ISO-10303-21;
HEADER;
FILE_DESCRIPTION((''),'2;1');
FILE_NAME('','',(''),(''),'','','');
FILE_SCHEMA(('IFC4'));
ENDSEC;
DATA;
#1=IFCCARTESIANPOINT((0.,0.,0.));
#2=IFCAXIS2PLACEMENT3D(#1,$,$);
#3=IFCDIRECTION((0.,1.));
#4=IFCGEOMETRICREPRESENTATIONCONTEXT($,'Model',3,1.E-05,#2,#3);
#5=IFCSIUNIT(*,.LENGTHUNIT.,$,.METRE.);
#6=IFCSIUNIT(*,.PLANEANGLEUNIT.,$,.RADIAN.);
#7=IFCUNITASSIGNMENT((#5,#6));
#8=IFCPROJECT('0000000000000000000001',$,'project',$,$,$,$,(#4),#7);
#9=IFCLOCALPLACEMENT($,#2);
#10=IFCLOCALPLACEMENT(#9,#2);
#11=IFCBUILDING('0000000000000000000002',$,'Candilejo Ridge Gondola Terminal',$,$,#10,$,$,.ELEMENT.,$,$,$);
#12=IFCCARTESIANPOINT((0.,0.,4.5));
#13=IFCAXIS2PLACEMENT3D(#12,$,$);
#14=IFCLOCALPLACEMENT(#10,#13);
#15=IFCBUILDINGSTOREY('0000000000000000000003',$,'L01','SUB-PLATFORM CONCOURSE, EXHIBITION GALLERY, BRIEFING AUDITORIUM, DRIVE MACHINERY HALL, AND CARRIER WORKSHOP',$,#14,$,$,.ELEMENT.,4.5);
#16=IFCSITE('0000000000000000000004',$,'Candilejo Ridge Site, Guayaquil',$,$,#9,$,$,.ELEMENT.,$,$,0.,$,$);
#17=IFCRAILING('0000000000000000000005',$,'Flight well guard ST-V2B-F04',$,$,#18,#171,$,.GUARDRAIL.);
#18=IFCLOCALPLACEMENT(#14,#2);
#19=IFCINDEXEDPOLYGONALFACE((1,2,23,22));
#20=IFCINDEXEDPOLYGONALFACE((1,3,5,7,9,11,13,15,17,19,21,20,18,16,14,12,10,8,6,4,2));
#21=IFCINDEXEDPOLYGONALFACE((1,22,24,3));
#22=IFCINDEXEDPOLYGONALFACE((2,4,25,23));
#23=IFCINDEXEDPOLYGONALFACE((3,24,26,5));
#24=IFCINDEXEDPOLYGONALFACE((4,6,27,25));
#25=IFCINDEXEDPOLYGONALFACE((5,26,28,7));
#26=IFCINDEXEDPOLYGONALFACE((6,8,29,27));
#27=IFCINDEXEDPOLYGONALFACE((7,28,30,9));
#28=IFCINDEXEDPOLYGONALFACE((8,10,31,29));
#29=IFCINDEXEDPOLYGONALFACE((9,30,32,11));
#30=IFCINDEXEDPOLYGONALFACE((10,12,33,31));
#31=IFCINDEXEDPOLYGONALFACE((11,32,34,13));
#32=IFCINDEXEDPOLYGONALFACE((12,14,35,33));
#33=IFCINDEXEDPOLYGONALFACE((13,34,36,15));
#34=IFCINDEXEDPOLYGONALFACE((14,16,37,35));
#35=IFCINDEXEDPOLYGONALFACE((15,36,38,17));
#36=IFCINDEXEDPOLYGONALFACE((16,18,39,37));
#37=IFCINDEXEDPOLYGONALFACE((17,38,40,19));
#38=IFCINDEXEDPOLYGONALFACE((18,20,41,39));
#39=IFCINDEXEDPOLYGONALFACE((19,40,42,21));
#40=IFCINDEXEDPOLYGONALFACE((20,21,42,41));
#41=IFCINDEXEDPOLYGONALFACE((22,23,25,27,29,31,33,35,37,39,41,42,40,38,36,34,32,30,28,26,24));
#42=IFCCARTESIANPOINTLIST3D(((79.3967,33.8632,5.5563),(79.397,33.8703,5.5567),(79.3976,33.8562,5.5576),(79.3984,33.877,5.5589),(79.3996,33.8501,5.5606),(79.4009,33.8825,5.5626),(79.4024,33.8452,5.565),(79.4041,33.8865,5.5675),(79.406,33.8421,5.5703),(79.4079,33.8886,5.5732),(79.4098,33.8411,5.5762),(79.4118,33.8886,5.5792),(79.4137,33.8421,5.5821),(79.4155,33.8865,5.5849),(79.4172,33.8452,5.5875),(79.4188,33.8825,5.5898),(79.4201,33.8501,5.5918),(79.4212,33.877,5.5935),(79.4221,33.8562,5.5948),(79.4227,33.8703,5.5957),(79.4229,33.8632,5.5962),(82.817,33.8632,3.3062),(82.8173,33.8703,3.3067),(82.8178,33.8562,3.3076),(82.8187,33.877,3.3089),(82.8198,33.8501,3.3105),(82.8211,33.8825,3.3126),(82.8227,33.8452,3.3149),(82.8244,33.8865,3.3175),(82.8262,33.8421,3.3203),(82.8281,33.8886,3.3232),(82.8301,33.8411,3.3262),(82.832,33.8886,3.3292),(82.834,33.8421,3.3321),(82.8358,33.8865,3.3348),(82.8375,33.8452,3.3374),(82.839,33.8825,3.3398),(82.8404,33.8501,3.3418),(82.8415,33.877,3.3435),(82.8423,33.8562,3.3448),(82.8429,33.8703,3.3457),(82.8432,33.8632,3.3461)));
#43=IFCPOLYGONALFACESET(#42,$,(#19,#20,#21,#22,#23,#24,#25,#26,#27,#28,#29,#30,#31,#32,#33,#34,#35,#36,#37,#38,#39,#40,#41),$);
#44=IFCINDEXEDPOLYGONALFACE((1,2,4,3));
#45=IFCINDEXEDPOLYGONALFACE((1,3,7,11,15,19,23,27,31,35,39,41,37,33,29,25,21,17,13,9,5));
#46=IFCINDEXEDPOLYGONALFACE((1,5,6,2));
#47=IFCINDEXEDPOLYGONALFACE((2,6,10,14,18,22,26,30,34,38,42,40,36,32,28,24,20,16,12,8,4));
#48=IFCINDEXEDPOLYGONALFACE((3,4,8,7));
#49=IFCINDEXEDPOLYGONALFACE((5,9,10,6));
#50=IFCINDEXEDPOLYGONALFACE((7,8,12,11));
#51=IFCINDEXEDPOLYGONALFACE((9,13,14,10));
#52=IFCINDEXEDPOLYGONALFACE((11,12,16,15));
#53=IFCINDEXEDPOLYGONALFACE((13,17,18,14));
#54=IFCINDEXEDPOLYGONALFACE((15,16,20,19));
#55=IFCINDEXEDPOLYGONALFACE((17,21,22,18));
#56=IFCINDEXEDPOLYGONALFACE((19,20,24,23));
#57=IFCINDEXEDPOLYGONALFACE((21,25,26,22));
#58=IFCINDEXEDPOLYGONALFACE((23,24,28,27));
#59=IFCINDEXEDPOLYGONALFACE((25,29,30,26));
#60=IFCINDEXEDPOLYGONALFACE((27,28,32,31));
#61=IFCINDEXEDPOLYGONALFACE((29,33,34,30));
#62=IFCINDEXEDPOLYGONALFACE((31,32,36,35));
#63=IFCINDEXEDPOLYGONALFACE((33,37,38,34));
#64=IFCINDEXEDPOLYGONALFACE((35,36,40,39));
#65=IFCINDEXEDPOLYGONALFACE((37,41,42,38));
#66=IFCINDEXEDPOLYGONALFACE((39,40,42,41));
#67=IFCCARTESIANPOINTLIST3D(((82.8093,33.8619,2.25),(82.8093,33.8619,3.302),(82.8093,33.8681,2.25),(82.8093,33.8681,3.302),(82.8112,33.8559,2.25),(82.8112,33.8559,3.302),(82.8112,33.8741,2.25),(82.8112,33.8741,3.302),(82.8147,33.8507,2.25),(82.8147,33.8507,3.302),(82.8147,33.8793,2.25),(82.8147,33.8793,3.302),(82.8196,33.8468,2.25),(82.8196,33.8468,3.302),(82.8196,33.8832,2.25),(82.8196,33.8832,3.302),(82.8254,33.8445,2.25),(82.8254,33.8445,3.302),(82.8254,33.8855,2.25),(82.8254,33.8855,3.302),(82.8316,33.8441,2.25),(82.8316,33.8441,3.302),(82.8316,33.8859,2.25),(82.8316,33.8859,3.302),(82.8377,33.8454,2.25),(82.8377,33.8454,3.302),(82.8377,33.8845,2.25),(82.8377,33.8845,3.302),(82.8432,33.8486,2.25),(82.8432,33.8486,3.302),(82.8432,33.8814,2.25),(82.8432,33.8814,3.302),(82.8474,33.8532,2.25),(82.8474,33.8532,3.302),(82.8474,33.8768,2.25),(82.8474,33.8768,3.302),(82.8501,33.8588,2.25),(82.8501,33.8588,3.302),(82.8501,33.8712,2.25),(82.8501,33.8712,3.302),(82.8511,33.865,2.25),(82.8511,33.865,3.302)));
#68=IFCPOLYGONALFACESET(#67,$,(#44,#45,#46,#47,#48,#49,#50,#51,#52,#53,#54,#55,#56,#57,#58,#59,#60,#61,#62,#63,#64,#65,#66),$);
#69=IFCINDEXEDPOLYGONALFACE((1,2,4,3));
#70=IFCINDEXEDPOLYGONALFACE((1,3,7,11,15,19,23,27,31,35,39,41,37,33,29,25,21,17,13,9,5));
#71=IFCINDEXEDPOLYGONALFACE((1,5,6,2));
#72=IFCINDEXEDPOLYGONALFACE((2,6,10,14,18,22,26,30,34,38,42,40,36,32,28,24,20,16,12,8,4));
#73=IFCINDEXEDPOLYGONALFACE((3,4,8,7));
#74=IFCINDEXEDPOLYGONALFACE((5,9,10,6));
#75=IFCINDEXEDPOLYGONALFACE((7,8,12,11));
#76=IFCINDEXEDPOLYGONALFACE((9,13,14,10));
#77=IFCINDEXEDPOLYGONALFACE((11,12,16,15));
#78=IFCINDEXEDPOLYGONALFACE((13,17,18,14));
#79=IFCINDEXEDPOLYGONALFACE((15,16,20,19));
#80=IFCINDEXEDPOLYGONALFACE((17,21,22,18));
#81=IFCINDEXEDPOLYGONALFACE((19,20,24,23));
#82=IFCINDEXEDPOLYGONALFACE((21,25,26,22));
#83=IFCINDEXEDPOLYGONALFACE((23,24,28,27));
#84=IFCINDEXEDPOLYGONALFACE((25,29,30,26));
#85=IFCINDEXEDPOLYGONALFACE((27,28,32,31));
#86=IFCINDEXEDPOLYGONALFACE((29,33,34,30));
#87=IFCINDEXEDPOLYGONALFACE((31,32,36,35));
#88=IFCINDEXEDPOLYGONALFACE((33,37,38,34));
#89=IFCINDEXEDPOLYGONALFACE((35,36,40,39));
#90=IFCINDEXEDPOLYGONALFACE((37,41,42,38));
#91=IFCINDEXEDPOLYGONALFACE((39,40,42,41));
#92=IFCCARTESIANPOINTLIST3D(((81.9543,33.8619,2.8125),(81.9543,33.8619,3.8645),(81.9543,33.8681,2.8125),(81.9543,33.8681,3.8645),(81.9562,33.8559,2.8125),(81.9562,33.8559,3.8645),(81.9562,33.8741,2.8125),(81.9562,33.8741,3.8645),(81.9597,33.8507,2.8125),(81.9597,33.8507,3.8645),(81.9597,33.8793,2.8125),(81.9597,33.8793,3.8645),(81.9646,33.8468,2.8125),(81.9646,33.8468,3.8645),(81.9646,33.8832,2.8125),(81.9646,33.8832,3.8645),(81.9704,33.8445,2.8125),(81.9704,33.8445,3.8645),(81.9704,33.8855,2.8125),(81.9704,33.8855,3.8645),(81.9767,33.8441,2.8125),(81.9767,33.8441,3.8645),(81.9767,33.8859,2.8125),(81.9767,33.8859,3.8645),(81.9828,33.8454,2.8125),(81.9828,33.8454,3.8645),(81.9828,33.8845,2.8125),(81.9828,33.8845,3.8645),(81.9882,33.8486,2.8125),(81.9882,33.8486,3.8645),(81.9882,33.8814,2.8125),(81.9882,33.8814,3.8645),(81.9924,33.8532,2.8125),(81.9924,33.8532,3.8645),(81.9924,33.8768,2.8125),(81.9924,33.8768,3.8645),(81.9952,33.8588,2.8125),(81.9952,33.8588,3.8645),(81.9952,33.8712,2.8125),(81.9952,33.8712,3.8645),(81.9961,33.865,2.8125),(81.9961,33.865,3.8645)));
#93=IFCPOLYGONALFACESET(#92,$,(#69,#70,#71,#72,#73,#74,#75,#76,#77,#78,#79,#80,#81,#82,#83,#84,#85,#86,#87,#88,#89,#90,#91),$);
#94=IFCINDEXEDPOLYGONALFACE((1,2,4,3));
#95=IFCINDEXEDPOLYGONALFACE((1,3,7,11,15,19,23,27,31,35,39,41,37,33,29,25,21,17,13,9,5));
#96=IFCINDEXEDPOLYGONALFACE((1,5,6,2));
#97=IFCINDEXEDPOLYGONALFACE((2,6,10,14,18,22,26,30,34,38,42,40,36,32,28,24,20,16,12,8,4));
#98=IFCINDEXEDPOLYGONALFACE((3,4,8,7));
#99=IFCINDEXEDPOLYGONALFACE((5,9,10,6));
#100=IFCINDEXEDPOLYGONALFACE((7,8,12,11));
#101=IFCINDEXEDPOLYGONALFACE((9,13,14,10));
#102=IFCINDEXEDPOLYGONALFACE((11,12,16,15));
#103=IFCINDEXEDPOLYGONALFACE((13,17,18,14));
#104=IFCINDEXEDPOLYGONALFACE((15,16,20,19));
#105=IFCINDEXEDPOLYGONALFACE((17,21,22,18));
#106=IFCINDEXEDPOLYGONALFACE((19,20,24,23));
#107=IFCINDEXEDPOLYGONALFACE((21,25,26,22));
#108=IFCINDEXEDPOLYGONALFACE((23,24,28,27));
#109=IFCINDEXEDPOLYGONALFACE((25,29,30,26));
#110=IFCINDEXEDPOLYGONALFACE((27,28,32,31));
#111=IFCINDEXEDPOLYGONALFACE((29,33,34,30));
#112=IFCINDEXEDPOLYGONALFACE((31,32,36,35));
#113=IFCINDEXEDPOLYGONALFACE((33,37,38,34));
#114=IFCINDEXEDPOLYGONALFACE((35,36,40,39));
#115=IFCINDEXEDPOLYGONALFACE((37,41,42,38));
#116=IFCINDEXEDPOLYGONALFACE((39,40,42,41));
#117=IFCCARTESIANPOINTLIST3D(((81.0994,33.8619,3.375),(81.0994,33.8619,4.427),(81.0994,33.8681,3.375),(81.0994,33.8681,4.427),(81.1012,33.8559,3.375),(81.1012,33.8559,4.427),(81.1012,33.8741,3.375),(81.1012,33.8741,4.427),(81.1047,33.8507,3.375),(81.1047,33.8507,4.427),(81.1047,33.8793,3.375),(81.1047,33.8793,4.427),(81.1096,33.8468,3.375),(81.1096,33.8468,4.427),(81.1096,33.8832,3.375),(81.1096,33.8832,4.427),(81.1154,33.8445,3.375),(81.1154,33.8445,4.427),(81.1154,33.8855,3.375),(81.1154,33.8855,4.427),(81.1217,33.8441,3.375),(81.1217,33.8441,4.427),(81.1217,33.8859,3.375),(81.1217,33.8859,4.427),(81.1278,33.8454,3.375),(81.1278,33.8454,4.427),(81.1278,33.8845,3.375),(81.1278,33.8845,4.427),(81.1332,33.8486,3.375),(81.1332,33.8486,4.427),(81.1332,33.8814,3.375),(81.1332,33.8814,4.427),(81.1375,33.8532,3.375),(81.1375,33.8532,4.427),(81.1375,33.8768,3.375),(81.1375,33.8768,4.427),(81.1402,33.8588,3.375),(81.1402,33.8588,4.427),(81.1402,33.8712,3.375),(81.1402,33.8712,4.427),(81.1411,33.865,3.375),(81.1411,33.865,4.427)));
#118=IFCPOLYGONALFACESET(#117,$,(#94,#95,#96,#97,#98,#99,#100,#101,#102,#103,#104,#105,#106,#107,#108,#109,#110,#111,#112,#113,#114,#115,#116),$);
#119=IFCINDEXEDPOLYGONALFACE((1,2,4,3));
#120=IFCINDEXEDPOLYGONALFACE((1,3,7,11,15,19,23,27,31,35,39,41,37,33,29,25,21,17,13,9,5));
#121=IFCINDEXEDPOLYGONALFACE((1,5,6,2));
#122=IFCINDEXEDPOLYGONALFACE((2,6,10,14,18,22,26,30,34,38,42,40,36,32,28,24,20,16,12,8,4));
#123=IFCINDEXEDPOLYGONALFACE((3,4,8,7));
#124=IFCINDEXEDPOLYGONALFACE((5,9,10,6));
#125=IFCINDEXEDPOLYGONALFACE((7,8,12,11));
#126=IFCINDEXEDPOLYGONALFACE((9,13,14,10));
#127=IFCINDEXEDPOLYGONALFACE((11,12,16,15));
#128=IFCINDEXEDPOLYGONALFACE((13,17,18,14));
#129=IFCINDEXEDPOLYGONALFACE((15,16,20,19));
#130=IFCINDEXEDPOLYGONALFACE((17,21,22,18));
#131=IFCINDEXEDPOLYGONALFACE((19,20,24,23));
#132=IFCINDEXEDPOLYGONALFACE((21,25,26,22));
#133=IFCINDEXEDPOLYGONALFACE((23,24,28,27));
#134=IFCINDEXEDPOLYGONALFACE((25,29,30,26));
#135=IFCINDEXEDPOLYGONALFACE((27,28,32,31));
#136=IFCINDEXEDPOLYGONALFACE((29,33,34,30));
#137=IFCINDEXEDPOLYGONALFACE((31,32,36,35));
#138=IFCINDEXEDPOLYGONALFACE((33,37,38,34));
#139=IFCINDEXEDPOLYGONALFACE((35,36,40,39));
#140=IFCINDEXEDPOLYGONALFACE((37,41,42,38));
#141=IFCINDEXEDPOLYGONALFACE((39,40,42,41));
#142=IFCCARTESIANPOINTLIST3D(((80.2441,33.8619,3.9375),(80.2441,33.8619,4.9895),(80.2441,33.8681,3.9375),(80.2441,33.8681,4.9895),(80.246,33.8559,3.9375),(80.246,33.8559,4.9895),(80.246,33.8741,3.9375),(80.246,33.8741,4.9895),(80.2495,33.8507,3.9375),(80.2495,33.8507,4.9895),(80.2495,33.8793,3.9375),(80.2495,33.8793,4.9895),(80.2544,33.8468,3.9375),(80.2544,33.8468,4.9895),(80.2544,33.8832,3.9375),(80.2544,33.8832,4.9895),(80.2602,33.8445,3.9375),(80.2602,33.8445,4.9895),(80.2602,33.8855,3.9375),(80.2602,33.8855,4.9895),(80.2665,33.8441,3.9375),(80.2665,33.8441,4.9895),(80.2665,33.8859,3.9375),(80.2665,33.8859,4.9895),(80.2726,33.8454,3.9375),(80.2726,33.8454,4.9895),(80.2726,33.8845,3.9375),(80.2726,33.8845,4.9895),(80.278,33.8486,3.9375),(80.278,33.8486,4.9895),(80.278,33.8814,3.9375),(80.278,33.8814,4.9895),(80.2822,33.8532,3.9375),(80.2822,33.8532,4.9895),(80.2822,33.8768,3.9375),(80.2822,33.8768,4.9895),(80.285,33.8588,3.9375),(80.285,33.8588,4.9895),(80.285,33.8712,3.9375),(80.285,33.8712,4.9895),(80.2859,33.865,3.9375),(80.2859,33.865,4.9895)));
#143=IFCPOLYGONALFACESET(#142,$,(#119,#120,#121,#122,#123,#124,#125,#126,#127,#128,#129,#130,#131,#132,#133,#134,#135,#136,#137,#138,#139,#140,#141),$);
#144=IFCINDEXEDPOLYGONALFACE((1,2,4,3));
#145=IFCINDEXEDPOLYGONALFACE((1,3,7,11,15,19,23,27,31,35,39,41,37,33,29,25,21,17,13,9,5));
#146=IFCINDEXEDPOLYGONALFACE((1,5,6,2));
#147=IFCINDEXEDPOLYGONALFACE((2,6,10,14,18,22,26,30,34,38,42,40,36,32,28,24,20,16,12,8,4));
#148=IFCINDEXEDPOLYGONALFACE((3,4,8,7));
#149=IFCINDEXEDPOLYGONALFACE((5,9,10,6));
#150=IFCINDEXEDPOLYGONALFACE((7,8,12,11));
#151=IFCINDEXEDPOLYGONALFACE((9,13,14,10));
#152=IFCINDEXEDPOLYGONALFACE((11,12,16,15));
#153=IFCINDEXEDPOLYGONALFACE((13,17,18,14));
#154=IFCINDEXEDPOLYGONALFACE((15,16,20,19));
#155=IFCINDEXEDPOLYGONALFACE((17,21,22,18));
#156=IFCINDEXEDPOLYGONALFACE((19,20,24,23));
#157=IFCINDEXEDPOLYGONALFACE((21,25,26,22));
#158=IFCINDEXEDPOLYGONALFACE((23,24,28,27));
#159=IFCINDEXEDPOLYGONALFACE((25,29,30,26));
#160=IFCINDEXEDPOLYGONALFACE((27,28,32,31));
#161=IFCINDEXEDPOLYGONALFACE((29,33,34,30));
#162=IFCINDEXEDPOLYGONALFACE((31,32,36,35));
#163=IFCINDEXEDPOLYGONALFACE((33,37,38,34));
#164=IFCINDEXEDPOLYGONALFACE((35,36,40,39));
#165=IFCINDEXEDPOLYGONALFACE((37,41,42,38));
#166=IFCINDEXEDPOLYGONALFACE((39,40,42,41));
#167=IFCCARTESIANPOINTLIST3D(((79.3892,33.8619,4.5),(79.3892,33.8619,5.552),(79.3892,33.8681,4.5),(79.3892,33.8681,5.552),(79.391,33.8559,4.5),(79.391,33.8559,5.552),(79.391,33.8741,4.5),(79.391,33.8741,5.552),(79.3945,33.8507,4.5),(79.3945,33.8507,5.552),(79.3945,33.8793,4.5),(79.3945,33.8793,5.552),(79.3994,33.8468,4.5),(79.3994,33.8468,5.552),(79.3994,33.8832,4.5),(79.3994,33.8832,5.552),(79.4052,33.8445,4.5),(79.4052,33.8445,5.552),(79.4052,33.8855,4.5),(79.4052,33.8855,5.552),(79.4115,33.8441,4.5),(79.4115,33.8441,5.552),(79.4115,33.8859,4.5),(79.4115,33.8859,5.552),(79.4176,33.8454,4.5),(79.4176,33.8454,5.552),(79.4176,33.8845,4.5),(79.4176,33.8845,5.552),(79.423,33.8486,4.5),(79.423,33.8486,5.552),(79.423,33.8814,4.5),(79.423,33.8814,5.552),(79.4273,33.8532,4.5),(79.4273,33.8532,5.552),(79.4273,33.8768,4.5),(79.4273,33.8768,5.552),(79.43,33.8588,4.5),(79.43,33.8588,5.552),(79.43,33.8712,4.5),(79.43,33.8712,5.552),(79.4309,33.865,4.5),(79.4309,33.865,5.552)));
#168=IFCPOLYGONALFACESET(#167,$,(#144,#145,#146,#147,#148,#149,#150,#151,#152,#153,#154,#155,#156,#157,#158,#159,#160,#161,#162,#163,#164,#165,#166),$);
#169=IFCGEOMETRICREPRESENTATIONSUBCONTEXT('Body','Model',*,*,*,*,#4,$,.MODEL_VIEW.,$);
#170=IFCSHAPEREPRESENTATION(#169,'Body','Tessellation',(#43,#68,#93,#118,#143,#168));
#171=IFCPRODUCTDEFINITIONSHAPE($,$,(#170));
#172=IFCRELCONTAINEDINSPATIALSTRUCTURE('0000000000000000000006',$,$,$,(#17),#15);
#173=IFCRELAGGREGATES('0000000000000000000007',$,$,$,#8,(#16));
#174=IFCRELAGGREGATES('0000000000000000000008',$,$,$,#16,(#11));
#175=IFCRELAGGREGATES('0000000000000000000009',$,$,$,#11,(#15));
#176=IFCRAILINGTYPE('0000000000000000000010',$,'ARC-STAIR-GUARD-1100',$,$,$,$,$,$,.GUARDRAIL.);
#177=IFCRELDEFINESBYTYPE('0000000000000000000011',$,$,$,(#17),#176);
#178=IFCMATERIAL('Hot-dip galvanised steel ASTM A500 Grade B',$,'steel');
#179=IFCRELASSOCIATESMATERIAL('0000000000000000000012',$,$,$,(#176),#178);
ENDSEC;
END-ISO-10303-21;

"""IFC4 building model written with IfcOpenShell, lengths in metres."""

from ifc_helpers import new_model, si_unit, direction, frame, origin, origin_2d, place, context, subcontext, project, spatial, circle, extrude, material, type_object, element, save


model = new_model("IFC4")

# Units and contexts
model_context = context("Model", 3, precision=1e-05, world=origin(), true_north=direction((0.0, 1.0)))
body_context = subcontext(model_context, "Body", "Model", "MODEL_VIEW")
ifc_project = project(units=[si_unit("LENGTHUNIT", "METRE"), si_unit("PLANEANGLEUNIT", "RADIAN")], contexts=[model_context])

# Site, building, storey
site_placement = place(None, origin())
site = spatial("IfcSite", under=ifc_project, at=site_placement, Name="Candilejo Ridge Site, Guayaquil", CompositionType="ELEMENT", RefElevation=0.0)
building_placement = place(site_placement, origin())
building = spatial("IfcBuilding", under=site, at=building_placement, Name="Candilejo Ridge Gondola Terminal", CompositionType="ELEMENT")
storey_placement = place(building_placement, frame((0.0, 0.0, 4.5)))
storey = spatial("IfcBuildingStorey", under=building, at=storey_placement, Name="L01", Description="SUB-PLATFORM CONCOURSE, EXHIBITION GALLERY, BRIEFING AUDITORIUM, DRIVE MACHINERY HALL, AND CARRIER WORKSHOP", CompositionType="ELEMENT", Elevation=4.5)

# Railing
ifc_material_1 = material(Name="Hot-dip galvanised steel ASTM A500 Grade B", Category="steel")
railing_type_1 = type_object("IfcRailingType", Name="ARC-STAIR-GUARD-1100", PredefinedType="GUARDRAIL", material=ifc_material_1)
railing_1_placement = place(storey_placement, frame((82.8301, 33.865, 2.25)))
element("IfcRailing", 1, at=railing_1_placement, inside=storey, type_object=railing_type_1, Name="Flight well guard ST-V2B-F04", PredefinedType="GUARDRAIL", context=body_context, shape_type="SweptSolid", body=[
    extrude(circle(Radius=0.0239, at=origin_2d()), frame((0.0, 0.0, 1.0762), z_axis=(-0.835429, 0.0, 0.549598), x_axis=(0.0, -1.0, 0.0)), (0.0, 0.0, 1.0), 4.094),
    extrude(circle(Radius=0.021, at=origin_2d()), origin(), (0.0, 0.0, 1.0), 1.052),
    extrude(circle(Radius=0.021, at=origin_2d()), frame((-0.855, 0.0, 0.5625)), (0.0, 0.0, 1.0), 1.052),
    extrude(circle(Radius=0.021, at=origin_2d()), frame((-1.71, 0.0, 1.125)), (0.0, 0.0, 1.0), 1.052),
    extrude(circle(Radius=0.021, at=origin_2d()), frame((-2.5652, 0.0, 1.6875)), (0.0, 0.0, 1.0), 1.052),
    extrude(circle(Radius=0.021, at=origin_2d()), frame((-3.4202, 0.0, 2.25)), (0.0, 0.0, 1.0), 1.052),
])

save(model, "model.ifc")
